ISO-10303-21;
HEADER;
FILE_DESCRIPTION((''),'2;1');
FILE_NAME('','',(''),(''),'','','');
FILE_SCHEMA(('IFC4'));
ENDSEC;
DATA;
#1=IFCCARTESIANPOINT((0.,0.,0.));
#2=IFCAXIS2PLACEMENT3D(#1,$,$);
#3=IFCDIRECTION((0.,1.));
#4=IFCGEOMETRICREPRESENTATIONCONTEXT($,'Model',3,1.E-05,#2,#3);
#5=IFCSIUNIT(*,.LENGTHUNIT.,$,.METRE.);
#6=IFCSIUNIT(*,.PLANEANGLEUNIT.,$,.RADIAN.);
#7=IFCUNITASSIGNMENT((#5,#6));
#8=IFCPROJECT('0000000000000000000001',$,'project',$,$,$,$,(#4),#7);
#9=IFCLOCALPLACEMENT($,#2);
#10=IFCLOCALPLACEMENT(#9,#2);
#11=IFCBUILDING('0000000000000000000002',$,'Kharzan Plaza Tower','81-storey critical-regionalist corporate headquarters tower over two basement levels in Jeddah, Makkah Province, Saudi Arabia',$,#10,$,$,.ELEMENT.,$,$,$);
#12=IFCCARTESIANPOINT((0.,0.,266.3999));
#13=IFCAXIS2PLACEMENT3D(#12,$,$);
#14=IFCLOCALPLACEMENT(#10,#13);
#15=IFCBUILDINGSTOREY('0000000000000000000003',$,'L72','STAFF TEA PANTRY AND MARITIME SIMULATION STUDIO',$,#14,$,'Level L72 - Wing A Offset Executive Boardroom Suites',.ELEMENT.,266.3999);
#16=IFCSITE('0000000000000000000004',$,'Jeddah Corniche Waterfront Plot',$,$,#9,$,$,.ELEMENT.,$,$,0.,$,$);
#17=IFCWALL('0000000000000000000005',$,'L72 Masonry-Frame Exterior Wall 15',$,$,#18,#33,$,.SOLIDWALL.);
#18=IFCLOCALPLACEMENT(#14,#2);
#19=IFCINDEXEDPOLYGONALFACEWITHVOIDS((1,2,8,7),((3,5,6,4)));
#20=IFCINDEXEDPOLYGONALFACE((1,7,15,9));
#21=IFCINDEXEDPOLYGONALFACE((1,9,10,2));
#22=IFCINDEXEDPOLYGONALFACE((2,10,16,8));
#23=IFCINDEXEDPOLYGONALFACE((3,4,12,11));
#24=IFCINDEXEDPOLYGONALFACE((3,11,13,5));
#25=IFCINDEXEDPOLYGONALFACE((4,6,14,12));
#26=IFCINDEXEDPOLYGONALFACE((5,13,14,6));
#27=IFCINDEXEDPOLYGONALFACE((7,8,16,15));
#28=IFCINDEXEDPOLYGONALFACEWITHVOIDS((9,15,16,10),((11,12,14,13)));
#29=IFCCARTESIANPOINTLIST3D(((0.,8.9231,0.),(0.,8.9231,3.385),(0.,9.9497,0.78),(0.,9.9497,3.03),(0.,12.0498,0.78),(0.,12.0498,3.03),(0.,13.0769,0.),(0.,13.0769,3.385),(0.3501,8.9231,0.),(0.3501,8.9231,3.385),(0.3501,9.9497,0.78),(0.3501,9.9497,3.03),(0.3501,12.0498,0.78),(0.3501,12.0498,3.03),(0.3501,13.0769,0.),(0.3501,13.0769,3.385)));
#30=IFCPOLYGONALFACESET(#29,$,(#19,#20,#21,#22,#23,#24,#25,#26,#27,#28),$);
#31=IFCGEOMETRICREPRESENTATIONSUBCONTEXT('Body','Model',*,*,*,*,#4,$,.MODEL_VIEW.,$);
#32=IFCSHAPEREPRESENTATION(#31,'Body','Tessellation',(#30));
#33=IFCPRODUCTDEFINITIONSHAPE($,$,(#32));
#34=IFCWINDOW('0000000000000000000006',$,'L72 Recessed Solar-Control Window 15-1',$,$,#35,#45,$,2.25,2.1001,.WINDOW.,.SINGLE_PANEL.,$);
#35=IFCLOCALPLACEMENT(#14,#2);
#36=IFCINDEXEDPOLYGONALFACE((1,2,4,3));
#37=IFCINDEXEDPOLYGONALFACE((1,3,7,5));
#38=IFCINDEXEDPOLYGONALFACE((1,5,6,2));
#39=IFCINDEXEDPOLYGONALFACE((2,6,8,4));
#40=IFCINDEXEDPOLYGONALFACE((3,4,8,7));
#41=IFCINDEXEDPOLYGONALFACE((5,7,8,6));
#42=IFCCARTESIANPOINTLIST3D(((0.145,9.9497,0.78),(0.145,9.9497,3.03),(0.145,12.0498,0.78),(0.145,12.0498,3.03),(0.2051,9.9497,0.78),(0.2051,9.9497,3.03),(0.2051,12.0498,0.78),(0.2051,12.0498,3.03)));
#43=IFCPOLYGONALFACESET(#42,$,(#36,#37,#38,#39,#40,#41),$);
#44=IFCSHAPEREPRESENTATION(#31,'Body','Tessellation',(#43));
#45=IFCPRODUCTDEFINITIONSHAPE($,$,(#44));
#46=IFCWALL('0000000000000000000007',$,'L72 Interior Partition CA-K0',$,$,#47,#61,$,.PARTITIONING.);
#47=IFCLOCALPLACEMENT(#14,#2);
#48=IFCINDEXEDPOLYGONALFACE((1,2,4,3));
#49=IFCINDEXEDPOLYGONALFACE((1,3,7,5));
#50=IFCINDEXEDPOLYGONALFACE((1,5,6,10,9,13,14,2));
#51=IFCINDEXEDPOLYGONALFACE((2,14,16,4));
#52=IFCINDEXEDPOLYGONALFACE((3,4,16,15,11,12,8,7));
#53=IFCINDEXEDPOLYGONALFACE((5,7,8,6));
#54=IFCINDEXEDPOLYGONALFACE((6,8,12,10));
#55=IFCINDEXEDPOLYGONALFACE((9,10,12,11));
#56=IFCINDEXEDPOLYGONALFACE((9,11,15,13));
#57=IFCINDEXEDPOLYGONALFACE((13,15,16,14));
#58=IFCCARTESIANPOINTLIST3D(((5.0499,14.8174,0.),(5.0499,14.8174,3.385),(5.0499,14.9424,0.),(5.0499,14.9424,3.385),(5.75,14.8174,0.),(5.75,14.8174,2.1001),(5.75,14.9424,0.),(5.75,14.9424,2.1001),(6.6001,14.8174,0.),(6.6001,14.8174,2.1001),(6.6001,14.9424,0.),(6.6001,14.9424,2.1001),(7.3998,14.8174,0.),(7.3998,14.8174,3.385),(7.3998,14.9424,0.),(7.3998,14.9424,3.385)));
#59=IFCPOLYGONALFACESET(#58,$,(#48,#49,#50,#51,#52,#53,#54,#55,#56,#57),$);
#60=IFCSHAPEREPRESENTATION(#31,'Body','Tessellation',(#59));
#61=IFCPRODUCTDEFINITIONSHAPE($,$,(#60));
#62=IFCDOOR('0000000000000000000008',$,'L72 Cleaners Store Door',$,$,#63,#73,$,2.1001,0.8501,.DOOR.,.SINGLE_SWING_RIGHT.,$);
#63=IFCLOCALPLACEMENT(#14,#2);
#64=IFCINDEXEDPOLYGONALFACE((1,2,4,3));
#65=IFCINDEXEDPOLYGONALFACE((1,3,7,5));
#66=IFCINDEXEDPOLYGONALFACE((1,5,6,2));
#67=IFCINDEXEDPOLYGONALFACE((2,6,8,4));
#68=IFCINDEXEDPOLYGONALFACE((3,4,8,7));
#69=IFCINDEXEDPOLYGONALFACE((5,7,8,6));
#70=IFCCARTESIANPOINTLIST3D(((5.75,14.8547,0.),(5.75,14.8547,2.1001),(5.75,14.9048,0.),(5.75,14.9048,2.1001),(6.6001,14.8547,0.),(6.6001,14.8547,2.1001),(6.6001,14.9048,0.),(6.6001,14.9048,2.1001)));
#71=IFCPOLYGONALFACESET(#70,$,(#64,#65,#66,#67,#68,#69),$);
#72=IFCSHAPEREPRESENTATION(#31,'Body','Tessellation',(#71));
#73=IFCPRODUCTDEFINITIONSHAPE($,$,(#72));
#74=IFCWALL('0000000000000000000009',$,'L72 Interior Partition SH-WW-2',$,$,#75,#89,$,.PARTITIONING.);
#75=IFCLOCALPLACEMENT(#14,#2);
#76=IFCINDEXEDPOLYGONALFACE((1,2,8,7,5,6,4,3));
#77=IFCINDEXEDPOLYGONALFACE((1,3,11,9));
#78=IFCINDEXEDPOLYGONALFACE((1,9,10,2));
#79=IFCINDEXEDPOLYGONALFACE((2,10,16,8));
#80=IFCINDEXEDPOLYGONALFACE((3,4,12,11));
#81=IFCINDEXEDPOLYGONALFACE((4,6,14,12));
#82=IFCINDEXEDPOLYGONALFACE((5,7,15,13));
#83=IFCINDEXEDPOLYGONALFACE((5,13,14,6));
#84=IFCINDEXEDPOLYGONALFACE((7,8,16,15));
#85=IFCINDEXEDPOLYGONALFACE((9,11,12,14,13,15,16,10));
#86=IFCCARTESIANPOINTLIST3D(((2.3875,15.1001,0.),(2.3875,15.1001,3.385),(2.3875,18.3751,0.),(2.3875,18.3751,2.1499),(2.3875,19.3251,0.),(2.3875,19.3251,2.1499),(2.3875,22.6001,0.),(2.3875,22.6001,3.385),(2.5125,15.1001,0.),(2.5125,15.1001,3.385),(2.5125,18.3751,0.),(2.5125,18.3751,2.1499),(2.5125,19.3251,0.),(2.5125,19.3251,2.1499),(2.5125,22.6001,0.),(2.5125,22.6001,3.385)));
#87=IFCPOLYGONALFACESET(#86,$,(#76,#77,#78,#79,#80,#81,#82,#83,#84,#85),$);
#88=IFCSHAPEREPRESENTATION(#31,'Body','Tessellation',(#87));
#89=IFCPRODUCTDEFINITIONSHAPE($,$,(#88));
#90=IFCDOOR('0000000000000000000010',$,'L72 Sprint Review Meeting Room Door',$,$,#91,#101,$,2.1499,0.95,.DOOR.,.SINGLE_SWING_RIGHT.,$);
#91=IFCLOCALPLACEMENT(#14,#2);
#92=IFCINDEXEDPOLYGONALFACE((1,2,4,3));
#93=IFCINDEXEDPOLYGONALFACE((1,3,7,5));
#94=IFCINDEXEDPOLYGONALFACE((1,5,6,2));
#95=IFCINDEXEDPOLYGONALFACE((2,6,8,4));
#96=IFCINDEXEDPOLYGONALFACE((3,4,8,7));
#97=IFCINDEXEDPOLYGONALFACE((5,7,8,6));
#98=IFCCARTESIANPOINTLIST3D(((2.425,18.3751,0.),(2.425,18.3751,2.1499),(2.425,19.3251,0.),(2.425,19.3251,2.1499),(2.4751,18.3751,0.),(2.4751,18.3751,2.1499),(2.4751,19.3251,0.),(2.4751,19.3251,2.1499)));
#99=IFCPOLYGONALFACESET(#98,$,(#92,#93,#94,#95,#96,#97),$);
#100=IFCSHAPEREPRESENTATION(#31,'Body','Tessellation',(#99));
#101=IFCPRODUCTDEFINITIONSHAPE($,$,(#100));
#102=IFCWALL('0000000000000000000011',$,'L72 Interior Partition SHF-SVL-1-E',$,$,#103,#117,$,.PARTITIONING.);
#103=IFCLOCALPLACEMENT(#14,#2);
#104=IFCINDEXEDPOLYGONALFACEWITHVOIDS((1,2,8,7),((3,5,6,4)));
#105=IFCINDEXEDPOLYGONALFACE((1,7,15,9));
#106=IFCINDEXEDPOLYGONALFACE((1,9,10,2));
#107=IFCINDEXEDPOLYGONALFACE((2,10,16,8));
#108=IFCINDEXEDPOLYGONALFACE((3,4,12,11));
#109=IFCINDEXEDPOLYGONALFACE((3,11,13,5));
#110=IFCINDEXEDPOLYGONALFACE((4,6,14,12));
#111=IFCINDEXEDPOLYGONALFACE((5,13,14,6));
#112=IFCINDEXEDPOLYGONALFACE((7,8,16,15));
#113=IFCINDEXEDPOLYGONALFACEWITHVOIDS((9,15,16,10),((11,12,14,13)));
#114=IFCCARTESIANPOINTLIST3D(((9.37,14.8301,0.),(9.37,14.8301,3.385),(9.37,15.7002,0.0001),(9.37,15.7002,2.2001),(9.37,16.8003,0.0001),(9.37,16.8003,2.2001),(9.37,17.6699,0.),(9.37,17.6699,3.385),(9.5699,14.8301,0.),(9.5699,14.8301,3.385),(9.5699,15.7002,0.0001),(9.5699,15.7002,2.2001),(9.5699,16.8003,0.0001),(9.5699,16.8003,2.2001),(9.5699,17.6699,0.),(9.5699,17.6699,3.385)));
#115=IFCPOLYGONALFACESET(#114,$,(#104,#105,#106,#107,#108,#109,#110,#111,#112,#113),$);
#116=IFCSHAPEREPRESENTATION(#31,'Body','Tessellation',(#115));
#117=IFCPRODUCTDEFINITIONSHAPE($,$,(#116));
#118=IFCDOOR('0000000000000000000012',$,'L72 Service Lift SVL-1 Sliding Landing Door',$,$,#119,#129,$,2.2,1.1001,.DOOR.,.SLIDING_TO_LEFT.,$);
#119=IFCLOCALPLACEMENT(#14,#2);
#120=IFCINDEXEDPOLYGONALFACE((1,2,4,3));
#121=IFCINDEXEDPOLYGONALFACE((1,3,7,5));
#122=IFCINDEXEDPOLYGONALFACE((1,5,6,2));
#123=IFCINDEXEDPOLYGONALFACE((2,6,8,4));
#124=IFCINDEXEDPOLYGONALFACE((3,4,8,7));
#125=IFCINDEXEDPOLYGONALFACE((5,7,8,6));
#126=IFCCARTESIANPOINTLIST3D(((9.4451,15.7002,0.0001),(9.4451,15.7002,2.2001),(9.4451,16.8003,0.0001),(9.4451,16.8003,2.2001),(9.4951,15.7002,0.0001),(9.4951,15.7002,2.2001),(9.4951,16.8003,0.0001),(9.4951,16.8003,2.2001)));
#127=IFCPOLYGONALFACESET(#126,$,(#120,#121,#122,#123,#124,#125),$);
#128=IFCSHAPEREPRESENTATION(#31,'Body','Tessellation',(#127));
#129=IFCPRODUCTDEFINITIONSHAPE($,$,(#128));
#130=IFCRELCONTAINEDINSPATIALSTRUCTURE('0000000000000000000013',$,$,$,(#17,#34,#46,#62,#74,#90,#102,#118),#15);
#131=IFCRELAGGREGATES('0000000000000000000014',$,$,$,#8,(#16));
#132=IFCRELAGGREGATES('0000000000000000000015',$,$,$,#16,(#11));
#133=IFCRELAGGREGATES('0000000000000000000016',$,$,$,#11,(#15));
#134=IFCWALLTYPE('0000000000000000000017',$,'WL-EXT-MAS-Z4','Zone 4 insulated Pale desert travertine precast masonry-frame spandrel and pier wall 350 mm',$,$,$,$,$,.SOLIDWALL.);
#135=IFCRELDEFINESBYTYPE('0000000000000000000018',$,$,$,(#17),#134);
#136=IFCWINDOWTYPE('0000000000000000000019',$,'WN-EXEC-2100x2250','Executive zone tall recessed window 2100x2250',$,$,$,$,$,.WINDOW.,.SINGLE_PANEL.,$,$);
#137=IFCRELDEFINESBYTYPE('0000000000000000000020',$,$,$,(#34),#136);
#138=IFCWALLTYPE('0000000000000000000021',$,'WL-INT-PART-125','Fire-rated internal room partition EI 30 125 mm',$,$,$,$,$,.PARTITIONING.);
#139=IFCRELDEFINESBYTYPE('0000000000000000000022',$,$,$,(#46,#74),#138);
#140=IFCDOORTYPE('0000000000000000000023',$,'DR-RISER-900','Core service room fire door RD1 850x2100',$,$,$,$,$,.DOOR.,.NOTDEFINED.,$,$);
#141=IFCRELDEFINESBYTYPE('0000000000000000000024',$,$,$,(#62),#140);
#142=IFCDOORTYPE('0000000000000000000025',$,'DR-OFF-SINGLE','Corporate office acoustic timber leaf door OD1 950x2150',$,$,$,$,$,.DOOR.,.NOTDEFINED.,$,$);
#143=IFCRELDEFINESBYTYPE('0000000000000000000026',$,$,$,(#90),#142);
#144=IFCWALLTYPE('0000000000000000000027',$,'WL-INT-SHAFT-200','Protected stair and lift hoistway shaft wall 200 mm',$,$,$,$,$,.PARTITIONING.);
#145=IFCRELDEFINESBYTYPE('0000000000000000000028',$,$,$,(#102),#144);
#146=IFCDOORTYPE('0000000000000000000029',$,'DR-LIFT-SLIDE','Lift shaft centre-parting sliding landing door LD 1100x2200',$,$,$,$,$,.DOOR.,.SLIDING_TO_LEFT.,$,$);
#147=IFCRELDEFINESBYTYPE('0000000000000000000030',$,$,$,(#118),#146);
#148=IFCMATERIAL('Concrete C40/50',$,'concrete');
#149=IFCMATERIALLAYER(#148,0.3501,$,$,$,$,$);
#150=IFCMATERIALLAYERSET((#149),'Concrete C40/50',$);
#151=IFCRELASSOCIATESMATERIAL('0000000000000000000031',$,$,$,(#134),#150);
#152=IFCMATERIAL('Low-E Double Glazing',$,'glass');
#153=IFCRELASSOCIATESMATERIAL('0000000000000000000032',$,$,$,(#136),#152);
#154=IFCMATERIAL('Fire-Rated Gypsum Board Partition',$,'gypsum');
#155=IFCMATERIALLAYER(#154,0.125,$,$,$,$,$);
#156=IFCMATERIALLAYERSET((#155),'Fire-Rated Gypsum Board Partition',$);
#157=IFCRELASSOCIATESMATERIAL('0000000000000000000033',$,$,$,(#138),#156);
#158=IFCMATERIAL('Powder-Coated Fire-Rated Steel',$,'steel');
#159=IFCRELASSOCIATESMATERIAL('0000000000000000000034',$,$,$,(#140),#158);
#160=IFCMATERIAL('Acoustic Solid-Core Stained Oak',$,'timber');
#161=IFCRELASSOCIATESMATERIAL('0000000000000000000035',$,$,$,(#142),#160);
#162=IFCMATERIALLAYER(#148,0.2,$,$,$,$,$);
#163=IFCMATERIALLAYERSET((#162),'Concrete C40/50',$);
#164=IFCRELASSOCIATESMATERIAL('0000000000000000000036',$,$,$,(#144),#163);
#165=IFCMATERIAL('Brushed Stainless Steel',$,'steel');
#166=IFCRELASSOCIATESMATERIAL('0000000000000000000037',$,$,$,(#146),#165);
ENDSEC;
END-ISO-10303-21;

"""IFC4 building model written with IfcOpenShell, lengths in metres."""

from ifc_helpers import new_model, si_unit, direction, frame, frame_2d, origin, place, context, subcontext, project, spatial, rectangle, extrude, source, transform, mapped, material, layer, layer_set, type_object, element, fill, save


model = new_model("IFC4")

# Units and contexts
model_context = context("Model", 3, precision=1e-05, world=origin(), true_north=direction((0.0, 1.0)))
body_context = subcontext(model_context, "Body", "Model", "MODEL_VIEW")
ifc_project = project(units=[si_unit("LENGTHUNIT", "METRE"), si_unit("PLANEANGLEUNIT", "RADIAN")], contexts=[model_context])

# Site, building, storey
site_placement = place(None, origin())
site = spatial("IfcSite", under=ifc_project, at=site_placement, Name="Jeddah Corniche Waterfront Plot", CompositionType="ELEMENT", RefElevation=0.0)
building_placement = place(site_placement, origin())
building = spatial("IfcBuilding", under=site, at=building_placement, Name="Kharzan Plaza Tower", Description="81-storey critical-regionalist corporate headquarters tower over two basement levels in Jeddah, Makkah Province, Saudi Arabia", CompositionType="ELEMENT")
storey_placement = place(building_placement, frame((0.0, 0.0, 266.3999)))
storey = spatial("IfcBuildingStorey", under=building, at=storey_placement, Name="L72", Description="STAFF TEA PANTRY AND MARITIME SIMULATION STUDIO", LongName="Level L72 - Wing A Offset Executive Boardroom Suites", CompositionType="ELEMENT", Elevation=266.3999)

# Wall, opening, window
ifc_material_1 = material(Name="Concrete C40/50", Category="concrete")
ifc_layer_1 = layer(ifc_material_1, 0.3501)
ifc_layer_set_1 = layer_set([ifc_layer_1], Name="Concrete C40/50")
wall_type_1 = type_object("IfcWallType", Name="WL-EXT-MAS-Z4", Description="Zone 4 insulated Pale desert travertine precast masonry-frame spandrel and pier wall 350 mm", PredefinedType="SOLIDWALL", material=ifc_layer_set_1)
wall_1_placement = place(storey_placement, frame((0.175, 13.0769, 0.0), z_axis=(0.0, 0.0, 1.0), x_axis=(0.0, -1.0, 0.0)))
wall_1 = element("IfcWall", 1, at=wall_1_placement, inside=storey, type_object=wall_type_1, Name="L72 Masonry-Frame Exterior Wall 15", PredefinedType="SOLIDWALL", context=body_context, shape_type="SweptSolid", body=[
    extrude(rectangle(XDim=4.1538, YDim=0.3501, at=frame_2d((2.0769, 0.0))), origin(), (0.0, 0.0, 1.0), 3.385),
])
opening_1_placement = place(wall_1_placement, frame((1.0271, 0.0, 0.78)))
opening_1 = element("IfcOpeningElement", 2, at=opening_1_placement, cuts=wall_1, PredefinedType="OPENING", context=body_context, shape_type="SweptSolid", body=[
    extrude(rectangle(XDim=2.1001, YDim=2.25, at=frame_2d((1.05, 1.125))), frame((0.0, 0.1851, 0.0), z_axis=(0.0, -1.0, 0.0), x_axis=(1.0, 0.0, 0.0)), (0.0, 0.0, 1.0), 0.3701),
])
ifc_material_2 = material(Name="Low-E Double Glazing", Category="glass")
window_type = type_object("IfcWindowType", Name="WN-EXEC-2100x2250", Description="Executive zone tall recessed window 2100x2250", PartitioningType="SINGLE_PANEL", PredefinedType="WINDOW", material=ifc_material_2)
shared_shape_1 = source(origin(), body_context, "Body", "SweptSolid", [
    extrude(rectangle(XDim=2.1001, YDim=2.25, at=frame_2d((1.05, 1.125))), frame((0.0, 0.03, 0.0), z_axis=(0.0, -1.0, 0.0), x_axis=(1.0, 0.0, 0.0)), (0.0, 0.0, 1.0), 0.0601),
])
window_placement = place(opening_1_placement, origin())
window = element("IfcWindow", 3, at=window_placement, inside=storey, type_object=window_type, Name="L72 Recessed Solar-Control Window 15-1", OverallHeight=2.25, OverallWidth=2.1001, PartitioningType="SINGLE_PANEL", PredefinedType="WINDOW", context=body_context, shape_type="MappedRepresentation", body=[
    mapped(shared_shape_1, transform((0.0, 0.0, 0.0), x_axis=(1.0, 0.0, 0.0), y_axis=(0.0, 1.0, 0.0), z_axis=(0.0, 0.0, 1.0))),
])
fill(opening_1, window)

# Walls, openings, doors
ifc_material_3 = material(Name="Fire-Rated Gypsum Board Partition", Category="gypsum")
ifc_layer_2 = layer(ifc_material_3, 0.125)
ifc_layer_set_2 = layer_set([ifc_layer_2], Name="Fire-Rated Gypsum Board Partition")
wall_type_2 = type_object("IfcWallType", Name="WL-INT-PART-125", Description="Fire-rated internal room partition EI 30 125 mm", PredefinedType="PARTITIONING", material=ifc_layer_set_2)
wall_2_placement = place(storey_placement, frame((5.05, 14.8799, 0.0), z_axis=(0.0, 0.0, 1.0), x_axis=(1.0, 0.0, 0.0)))
wall_2 = element("IfcWall", 4, at=wall_2_placement, inside=storey, type_object=wall_type_2, Name="L72 Interior Partition CA-K0", PredefinedType="PARTITIONING", context=body_context, shape_type="SweptSolid", body=[
    extrude(rectangle(XDim=2.3499, YDim=0.125, at=frame_2d((1.1748, 0.0))), origin(), (0.0, 0.0, 1.0), 3.385),
])
opening_2_placement = place(wall_2_placement, frame((0.7, 0.0, 0.0)))
opening_2 = element("IfcOpeningElement", 5, at=opening_2_placement, cuts=wall_2, PredefinedType="OPENING", context=body_context, shape_type="SweptSolid", body=[
    extrude(rectangle(XDim=0.8501, YDim=2.1001, at=frame_2d((0.425, 1.05))), frame((0.0, 0.0725, 0.0), z_axis=(0.0, -1.0, 0.0), x_axis=(1.0, 0.0, 0.0)), (0.0, 0.0, 1.0), 0.145),
])
ifc_material_4 = material(Name="Powder-Coated Fire-Rated Steel", Category="steel")
door_type_1 = type_object("IfcDoorType", Name="DR-RISER-900", Description="Core service room fire door RD1 850x2100", OperationType="NOTDEFINED", PredefinedType="DOOR", material=ifc_material_4)
shared_shape_2 = source(origin(), body_context, "Body", "SweptSolid", [
    extrude(rectangle(XDim=0.8501, YDim=2.1001, at=frame_2d((0.425, 1.05))), frame((0.0, 0.0249, 0.0), z_axis=(0.0, -1.0, 0.0), x_axis=(1.0, 0.0, 0.0)), (0.0, 0.0, 1.0), 0.05),
])
door_1_placement = place(opening_2_placement, origin())
door_1 = element("IfcDoor", 6, at=door_1_placement, inside=storey, type_object=door_type_1, Name="L72 Cleaners Store Door", OperationType="SINGLE_SWING_RIGHT", OverallHeight=2.1001, OverallWidth=0.8501, PredefinedType="DOOR", context=body_context, shape_type="MappedRepresentation", body=[
    mapped(shared_shape_2, transform((0.0, 0.0, 0.0), x_axis=(1.0, 0.0, 0.0), y_axis=(0.0, 1.0, 0.0), z_axis=(0.0, 0.0, 1.0))),
])
fill(opening_2, door_1)
wall_3_placement = place(storey_placement, frame((2.45, 15.1001, 0.0), z_axis=(0.0, 0.0, 1.0), x_axis=(0.0, 1.0, 0.0)))
wall_3 = element("IfcWall", 7, at=wall_3_placement, inside=storey, type_object=wall_type_2, Name="L72 Interior Partition SH-WW-2", PredefinedType="PARTITIONING", context=body_context, shape_type="SweptSolid", body=[
    extrude(rectangle(XDim=7.5, YDim=0.125, at=frame_2d((3.75, 0.0))), origin(), (0.0, 0.0, 1.0), 3.385),
])
opening_3_placement = place(wall_3_placement, frame((3.2749, 0.0, 0.0)))
opening_3 = element("IfcOpeningElement", 8, at=opening_3_placement, cuts=wall_3, PredefinedType="OPENING", context=body_context, shape_type="SweptSolid", body=[
    extrude(rectangle(XDim=0.95, YDim=2.1499, at=frame_2d((0.4751, 1.075))), frame((0.0, 0.0725, 0.0), z_axis=(0.0, -1.0, 0.0), x_axis=(1.0, 0.0, 0.0)), (0.0, 0.0, 1.0), 0.145),
])
ifc_material_5 = material(Name="Acoustic Solid-Core Stained Oak", Category="timber")
door_type_2 = type_object("IfcDoorType", Name="DR-OFF-SINGLE", Description="Corporate office acoustic timber leaf door OD1 950x2150", OperationType="NOTDEFINED", PredefinedType="DOOR", material=ifc_material_5)
shared_shape_3 = source(origin(), body_context, "Body", "SweptSolid", [
    extrude(rectangle(XDim=0.95, YDim=2.1499, at=frame_2d((0.4751, 1.075))), frame((0.0, 0.0249, 0.0), z_axis=(0.0, -1.0, 0.0), x_axis=(1.0, 0.0, 0.0)), (0.0, 0.0, 1.0), 0.05),
])
door_2_placement = place(opening_3_placement, origin())
door_2 = element("IfcDoor", 9, at=door_2_placement, inside=storey, type_object=door_type_2, Name="L72 Sprint Review Meeting Room Door", OperationType="SINGLE_SWING_RIGHT", OverallHeight=2.1499, OverallWidth=0.95, PredefinedType="DOOR", context=body_context, shape_type="MappedRepresentation", body=[
    mapped(shared_shape_3, transform((0.0, 0.0, 0.0), x_axis=(1.0, 0.0, 0.0), y_axis=(0.0, 1.0, 0.0), z_axis=(0.0, 0.0, 1.0))),
])
fill(opening_3, door_2)
ifc_layer_3 = layer(ifc_material_1, 0.2)
ifc_layer_set_3 = layer_set([ifc_layer_3], Name="Concrete C40/50")
wall_type_3 = type_object("IfcWallType", Name="WL-INT-SHAFT-200", Description="Protected stair and lift hoistway shaft wall 200 mm", PredefinedType="PARTITIONING", material=ifc_layer_set_3)
wall_4_placement = place(storey_placement, frame((9.47, 14.8301, 0.0), z_axis=(0.0, 0.0, 1.0), x_axis=(0.0, 1.0, 0.0)))
wall_4 = element("IfcWall", 10, at=wall_4_placement, inside=storey, type_object=wall_type_3, Name="L72 Interior Partition SHF-SVL-1-E", PredefinedType="PARTITIONING", context=body_context, shape_type="SweptSolid", body=[
    extrude(rectangle(XDim=2.8398, YDim=0.2, at=frame_2d((1.4199, 0.0))), origin(), (0.0, 0.0, 1.0), 3.385),
])
opening_4_placement = place(wall_4_placement, frame((0.8701, 0.0, 0.0)))
opening_4 = element("IfcOpeningElement", 11, at=opening_4_placement, cuts=wall_4, PredefinedType="OPENING", context=body_context, shape_type="SweptSolid", body=[
    extrude(rectangle(XDim=1.1001, YDim=2.2, at=frame_2d((0.55, 1.1001))), frame((0.0, 0.1099, 0.0), z_axis=(0.0, -1.0, 0.0), x_axis=(1.0, 0.0, 0.0)), (0.0, 0.0, 1.0), 0.22),
])
ifc_material_6 = material(Name="Brushed Stainless Steel", Category="steel")
door_type_3 = type_object("IfcDoorType", Name="DR-LIFT-SLIDE", Description="Lift shaft centre-parting sliding landing door LD 1100x2200", OperationType="SLIDING_TO_LEFT", PredefinedType="DOOR", material=ifc_material_6)
shared_shape_4 = source(origin(), body_context, "Body", "SweptSolid", [
    extrude(rectangle(XDim=1.1001, YDim=2.2, at=frame_2d((0.55, 1.1001))), frame((0.0, 0.0249, 0.0), z_axis=(0.0, -1.0, 0.0), x_axis=(1.0, 0.0, 0.0)), (0.0, 0.0, 1.0), 0.05),
])
door_3_placement = place(opening_4_placement, origin())
door_3 = element("IfcDoor", 12, at=door_3_placement, inside=storey, type_object=door_type_3, Name="L72 Service Lift SVL-1 Sliding Landing Door", OperationType="SLIDING_TO_LEFT", OverallHeight=2.2, OverallWidth=1.1001, PredefinedType="DOOR", context=body_context, shape_type="MappedRepresentation", body=[
    mapped(shared_shape_4, transform((0.0, 0.0, 0.0), x_axis=(1.0, 0.0, 0.0), y_axis=(0.0, 1.0, 0.0), z_axis=(0.0, 0.0, 1.0))),
])
fill(opening_4, door_3)

save(model, "model.ifc")
